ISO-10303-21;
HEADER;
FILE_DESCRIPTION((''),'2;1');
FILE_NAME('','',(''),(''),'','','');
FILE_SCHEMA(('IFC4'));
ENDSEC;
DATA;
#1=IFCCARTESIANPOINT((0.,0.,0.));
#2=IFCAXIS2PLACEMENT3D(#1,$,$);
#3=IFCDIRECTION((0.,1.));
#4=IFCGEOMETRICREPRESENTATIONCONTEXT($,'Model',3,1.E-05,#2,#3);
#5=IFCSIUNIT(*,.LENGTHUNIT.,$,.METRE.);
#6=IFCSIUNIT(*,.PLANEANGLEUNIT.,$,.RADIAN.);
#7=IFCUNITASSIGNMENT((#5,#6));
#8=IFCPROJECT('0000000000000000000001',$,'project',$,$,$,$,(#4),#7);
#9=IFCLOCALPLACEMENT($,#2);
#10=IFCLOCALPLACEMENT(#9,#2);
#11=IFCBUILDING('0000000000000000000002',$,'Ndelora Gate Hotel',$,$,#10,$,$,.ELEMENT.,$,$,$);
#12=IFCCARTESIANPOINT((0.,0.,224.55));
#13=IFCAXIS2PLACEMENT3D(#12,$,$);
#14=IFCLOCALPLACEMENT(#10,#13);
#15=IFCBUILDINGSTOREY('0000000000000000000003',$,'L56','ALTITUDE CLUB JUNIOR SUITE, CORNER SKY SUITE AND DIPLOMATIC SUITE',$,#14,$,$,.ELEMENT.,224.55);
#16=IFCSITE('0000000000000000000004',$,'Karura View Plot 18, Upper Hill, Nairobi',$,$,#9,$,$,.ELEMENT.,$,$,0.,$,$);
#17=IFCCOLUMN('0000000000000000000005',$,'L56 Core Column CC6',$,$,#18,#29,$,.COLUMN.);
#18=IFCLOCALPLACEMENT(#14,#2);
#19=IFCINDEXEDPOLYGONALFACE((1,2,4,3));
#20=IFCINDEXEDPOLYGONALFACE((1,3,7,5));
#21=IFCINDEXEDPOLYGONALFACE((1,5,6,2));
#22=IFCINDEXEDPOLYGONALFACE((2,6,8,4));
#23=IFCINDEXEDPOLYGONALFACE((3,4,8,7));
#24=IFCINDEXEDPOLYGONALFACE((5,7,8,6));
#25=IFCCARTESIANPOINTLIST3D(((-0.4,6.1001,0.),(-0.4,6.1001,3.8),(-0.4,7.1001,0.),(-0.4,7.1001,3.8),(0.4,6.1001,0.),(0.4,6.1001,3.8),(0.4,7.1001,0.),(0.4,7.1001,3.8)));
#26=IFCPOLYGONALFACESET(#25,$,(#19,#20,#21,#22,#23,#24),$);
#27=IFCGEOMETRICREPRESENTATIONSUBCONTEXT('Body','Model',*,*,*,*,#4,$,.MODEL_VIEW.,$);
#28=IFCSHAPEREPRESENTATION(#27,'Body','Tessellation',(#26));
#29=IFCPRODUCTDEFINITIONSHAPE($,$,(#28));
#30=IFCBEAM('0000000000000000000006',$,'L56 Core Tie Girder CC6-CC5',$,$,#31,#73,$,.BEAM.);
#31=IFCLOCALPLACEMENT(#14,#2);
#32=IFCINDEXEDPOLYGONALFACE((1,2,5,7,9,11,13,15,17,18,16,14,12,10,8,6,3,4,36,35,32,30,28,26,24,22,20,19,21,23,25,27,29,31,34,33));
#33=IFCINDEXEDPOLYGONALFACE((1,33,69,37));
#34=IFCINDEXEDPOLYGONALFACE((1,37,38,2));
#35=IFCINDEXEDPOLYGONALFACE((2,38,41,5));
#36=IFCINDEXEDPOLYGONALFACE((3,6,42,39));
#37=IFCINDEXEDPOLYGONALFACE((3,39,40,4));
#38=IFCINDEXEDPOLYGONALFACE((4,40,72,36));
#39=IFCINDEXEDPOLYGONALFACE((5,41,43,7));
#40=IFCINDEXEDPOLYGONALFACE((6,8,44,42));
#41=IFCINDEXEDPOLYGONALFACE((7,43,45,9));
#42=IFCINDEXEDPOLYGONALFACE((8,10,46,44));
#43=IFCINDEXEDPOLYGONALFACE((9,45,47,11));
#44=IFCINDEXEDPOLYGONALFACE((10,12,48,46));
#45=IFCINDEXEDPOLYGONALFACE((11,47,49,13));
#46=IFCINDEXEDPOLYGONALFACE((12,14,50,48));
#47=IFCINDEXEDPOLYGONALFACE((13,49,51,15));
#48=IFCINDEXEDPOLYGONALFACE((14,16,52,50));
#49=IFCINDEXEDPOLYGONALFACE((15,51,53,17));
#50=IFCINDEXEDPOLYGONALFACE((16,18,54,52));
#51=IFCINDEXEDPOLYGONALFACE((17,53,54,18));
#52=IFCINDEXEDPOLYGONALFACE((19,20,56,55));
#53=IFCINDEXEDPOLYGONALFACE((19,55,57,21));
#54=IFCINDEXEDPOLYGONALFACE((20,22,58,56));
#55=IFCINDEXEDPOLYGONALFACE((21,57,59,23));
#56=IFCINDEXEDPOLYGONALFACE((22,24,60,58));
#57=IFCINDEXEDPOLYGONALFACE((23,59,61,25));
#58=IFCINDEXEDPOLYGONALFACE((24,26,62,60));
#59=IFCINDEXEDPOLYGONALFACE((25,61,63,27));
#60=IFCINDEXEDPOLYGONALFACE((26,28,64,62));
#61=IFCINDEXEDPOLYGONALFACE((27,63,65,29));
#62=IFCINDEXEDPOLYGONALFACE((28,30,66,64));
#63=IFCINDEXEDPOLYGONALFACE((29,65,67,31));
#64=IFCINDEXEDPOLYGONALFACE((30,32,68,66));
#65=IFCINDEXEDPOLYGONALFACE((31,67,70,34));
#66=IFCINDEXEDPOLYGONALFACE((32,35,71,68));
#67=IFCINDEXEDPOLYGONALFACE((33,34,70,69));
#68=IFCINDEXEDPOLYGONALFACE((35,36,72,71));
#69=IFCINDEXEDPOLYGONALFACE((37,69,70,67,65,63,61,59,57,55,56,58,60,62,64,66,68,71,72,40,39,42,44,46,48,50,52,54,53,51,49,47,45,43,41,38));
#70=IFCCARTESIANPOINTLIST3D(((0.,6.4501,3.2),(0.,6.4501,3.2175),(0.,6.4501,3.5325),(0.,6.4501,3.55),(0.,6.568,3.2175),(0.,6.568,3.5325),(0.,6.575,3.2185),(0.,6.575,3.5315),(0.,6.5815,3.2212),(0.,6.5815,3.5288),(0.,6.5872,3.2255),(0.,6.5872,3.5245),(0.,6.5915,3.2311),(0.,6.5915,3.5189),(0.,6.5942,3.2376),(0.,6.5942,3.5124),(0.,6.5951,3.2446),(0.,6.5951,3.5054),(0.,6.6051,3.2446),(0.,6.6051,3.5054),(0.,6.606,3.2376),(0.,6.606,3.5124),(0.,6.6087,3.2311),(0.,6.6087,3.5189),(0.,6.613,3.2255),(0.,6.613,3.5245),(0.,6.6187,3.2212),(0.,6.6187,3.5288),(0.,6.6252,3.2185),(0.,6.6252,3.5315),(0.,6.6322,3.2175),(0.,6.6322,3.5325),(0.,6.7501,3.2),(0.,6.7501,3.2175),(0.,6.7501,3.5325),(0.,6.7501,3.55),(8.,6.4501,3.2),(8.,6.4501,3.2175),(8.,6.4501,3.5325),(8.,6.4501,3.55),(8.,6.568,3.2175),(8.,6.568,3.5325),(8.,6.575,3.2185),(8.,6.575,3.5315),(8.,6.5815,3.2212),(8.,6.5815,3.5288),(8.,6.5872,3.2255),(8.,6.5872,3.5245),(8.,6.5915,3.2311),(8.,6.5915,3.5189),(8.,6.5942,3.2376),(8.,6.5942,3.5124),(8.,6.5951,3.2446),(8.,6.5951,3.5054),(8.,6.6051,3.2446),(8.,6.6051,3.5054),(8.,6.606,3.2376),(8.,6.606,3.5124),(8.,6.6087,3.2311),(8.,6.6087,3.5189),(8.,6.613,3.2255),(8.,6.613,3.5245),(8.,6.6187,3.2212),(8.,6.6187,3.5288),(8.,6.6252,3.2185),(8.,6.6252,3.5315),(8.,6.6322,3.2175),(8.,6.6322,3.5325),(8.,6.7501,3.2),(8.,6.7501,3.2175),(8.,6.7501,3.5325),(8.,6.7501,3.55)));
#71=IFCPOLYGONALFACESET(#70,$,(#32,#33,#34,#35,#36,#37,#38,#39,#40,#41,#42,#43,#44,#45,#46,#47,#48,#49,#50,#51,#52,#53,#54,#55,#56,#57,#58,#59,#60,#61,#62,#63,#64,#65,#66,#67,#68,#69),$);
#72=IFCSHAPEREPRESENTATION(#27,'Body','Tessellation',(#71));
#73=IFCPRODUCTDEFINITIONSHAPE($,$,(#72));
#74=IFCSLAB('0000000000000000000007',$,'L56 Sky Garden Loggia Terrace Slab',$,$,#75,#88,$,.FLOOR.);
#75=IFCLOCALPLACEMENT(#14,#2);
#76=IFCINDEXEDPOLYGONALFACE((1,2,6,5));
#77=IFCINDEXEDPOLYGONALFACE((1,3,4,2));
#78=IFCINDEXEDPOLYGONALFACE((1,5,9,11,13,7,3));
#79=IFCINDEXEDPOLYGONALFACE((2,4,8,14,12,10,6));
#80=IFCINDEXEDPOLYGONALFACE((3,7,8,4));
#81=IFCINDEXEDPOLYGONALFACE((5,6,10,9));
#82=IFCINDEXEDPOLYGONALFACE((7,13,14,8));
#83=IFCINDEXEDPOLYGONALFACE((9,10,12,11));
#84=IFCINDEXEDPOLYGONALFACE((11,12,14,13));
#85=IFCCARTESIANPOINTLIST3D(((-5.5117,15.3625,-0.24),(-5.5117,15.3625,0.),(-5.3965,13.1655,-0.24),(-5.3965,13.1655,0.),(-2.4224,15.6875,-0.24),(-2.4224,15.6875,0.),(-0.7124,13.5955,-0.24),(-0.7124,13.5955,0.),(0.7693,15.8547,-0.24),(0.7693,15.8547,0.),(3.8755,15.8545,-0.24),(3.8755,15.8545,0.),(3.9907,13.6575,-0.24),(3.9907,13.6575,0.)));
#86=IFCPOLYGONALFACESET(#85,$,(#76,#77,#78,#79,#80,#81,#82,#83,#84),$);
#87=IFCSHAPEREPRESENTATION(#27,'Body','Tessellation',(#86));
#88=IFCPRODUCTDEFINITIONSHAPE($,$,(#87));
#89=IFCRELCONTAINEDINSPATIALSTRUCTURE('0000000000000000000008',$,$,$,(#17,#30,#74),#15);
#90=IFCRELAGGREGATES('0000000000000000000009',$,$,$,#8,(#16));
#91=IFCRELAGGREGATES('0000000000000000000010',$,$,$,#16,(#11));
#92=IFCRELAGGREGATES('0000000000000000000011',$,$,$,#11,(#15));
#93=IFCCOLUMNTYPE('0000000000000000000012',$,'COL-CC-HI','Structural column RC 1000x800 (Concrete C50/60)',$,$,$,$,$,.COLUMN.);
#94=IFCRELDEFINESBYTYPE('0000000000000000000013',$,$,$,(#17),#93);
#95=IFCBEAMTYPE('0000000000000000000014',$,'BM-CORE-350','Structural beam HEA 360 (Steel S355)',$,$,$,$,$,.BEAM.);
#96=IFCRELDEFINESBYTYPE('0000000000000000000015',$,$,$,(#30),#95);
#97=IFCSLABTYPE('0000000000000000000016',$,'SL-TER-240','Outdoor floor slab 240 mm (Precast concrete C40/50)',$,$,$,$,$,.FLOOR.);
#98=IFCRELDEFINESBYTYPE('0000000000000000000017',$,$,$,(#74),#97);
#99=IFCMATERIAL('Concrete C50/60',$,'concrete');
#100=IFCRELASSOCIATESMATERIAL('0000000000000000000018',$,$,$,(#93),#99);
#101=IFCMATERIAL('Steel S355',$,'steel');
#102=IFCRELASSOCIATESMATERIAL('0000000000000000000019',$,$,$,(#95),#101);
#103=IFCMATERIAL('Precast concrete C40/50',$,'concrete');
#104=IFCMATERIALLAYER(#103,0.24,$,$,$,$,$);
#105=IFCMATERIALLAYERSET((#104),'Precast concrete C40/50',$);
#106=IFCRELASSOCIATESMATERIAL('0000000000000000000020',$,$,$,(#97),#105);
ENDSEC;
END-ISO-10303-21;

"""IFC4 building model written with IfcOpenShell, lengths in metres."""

from ifc_helpers import new_model, si_unit, direction, frame, origin, origin_2d, place, context, subcontext, project, spatial, polyline, rectangle, i_section, outline, extrude, material, layer, layer_set, material_profile, profile_set, type_object, element, save


model = new_model("IFC4")

# Units and contexts
model_context = context("Model", 3, precision=1e-05, world=origin(), true_north=direction((0.0, 1.0)))
body_context = subcontext(model_context, "Body", "Model", "MODEL_VIEW")
ifc_project = project(units=[si_unit("LENGTHUNIT", "METRE"), si_unit("PLANEANGLEUNIT", "RADIAN")], contexts=[model_context])

# Site, building, storey
site_placement = place(None, origin())
site = spatial("IfcSite", under=ifc_project, at=site_placement, Name="Karura View Plot 18, Upper Hill, Nairobi", CompositionType="ELEMENT", RefElevation=0.0)
building_placement = place(site_placement, origin())
building = spatial("IfcBuilding", under=site, at=building_placement, Name="Ndelora Gate Hotel", CompositionType="ELEMENT")
storey_placement = place(building_placement, frame((0.0, 0.0, 224.55)))
storey = spatial("IfcBuildingStorey", under=building, at=storey_placement, Name="L56", Description="ALTITUDE CLUB JUNIOR SUITE, CORNER SKY SUITE AND DIPLOMATIC SUITE", CompositionType="ELEMENT", Elevation=224.55)

# Column
ifc_material_1 = material(Name="Concrete C50/60", Category="concrete")
ifc_material_profile_1 = material_profile(ifc_material_1, rectangle(XDim=0.8, YDim=1.0, at=origin_2d()), Name="RC 1000x800")
ifc_profile_set_1 = profile_set([ifc_material_profile_1], Name="Concrete C50/60")
column_type = type_object("IfcColumnType", Name="COL-CC-HI", Description="Structural column RC 1000x800 (Concrete C50/60)", PredefinedType="COLUMN", material=ifc_profile_set_1)
column_placement = place(storey_placement, frame((0.0, 6.6001, 0.0), z_axis=(0.0, 0.0, 1.0), x_axis=(1.0, 0.0, 0.0)))
element("IfcColumn", 1, at=column_placement, inside=storey, type_object=column_type, Name="L56 Core Column CC6", PredefinedType="COLUMN", context=body_context, shape_type="SweptSolid", body=[
    extrude(rectangle(XDim=0.8, YDim=1.0, at=origin_2d()), origin(), (0.0, 0.0, 1.0), 3.8),
])

# Beam
ifc_material_2 = material(Name="Steel S355", Category="steel")
ifc_material_profile_2 = material_profile(ifc_material_2, i_section(OverallWidth=0.3, OverallDepth=0.3501, WebThickness=0.01, FlangeThickness=0.0176, FilletRadius=0.0271, at=origin_2d()), Name="HEA 360")
ifc_profile_set_2 = profile_set([ifc_material_profile_2], Name="Steel S355")
beam_type = type_object("IfcBeamType", Name="BM-CORE-350", Description="Structural beam HEA 360 (Steel S355)", PredefinedType="BEAM", material=ifc_profile_set_2)
beam_placement = place(storey_placement, frame((0.0, 6.6001, 3.375), z_axis=(1.0, 0.0, 0.0), x_axis=(0.0, 1.0, 0.0)))
element("IfcBeam", 2, at=beam_placement, inside=storey, type_object=beam_type, Name="L56 Core Tie Girder CC6-CC5", PredefinedType="BEAM", context=body_context, shape_type="SweptSolid", body=[
    extrude(i_section(OverallWidth=0.3, OverallDepth=0.3501, WebThickness=0.01, FlangeThickness=0.0176, FilletRadius=0.0271, at=origin_2d()), origin(), (0.0, 0.0, 1.0), 8.0),
])

# Slab
ifc_material_3 = material(Name="Precast concrete C40/50", Category="concrete")
ifc_layer_1 = layer(ifc_material_3, 0.24)
ifc_layer_set_1 = layer_set([ifc_layer_1], Name="Precast concrete C40/50")
slab_type_1 = type_object("IfcSlabType", Name="SL-TER-240", Description="Outdoor floor slab 240 mm (Precast concrete C40/50)", PredefinedType="FLOOR", material=ifc_layer_set_1)
slab_1_placement = place(storey_placement, frame((0.0, 0.0, -0.24)))
element("IfcSlab", 3, at=slab_1_placement, inside=storey, type_object=slab_type_1, Name="L56 Sky Garden Loggia Terrace Slab", PredefinedType="FLOOR", context=body_context, shape_type="SweptSolid", body=[
    extrude(outline(polyline([(3.9907, 13.6575), (3.8755, 15.8545), (0.7693, 15.8547), (-2.4224, 15.6875), (-5.5117, 15.3625), (-5.3965, 13.1655), (-0.7124, 13.5955), (3.9907, 13.6575)])), origin(), (0.0, 0.0, 1.0), 0.24),
])

save(model, "model.ifc")
